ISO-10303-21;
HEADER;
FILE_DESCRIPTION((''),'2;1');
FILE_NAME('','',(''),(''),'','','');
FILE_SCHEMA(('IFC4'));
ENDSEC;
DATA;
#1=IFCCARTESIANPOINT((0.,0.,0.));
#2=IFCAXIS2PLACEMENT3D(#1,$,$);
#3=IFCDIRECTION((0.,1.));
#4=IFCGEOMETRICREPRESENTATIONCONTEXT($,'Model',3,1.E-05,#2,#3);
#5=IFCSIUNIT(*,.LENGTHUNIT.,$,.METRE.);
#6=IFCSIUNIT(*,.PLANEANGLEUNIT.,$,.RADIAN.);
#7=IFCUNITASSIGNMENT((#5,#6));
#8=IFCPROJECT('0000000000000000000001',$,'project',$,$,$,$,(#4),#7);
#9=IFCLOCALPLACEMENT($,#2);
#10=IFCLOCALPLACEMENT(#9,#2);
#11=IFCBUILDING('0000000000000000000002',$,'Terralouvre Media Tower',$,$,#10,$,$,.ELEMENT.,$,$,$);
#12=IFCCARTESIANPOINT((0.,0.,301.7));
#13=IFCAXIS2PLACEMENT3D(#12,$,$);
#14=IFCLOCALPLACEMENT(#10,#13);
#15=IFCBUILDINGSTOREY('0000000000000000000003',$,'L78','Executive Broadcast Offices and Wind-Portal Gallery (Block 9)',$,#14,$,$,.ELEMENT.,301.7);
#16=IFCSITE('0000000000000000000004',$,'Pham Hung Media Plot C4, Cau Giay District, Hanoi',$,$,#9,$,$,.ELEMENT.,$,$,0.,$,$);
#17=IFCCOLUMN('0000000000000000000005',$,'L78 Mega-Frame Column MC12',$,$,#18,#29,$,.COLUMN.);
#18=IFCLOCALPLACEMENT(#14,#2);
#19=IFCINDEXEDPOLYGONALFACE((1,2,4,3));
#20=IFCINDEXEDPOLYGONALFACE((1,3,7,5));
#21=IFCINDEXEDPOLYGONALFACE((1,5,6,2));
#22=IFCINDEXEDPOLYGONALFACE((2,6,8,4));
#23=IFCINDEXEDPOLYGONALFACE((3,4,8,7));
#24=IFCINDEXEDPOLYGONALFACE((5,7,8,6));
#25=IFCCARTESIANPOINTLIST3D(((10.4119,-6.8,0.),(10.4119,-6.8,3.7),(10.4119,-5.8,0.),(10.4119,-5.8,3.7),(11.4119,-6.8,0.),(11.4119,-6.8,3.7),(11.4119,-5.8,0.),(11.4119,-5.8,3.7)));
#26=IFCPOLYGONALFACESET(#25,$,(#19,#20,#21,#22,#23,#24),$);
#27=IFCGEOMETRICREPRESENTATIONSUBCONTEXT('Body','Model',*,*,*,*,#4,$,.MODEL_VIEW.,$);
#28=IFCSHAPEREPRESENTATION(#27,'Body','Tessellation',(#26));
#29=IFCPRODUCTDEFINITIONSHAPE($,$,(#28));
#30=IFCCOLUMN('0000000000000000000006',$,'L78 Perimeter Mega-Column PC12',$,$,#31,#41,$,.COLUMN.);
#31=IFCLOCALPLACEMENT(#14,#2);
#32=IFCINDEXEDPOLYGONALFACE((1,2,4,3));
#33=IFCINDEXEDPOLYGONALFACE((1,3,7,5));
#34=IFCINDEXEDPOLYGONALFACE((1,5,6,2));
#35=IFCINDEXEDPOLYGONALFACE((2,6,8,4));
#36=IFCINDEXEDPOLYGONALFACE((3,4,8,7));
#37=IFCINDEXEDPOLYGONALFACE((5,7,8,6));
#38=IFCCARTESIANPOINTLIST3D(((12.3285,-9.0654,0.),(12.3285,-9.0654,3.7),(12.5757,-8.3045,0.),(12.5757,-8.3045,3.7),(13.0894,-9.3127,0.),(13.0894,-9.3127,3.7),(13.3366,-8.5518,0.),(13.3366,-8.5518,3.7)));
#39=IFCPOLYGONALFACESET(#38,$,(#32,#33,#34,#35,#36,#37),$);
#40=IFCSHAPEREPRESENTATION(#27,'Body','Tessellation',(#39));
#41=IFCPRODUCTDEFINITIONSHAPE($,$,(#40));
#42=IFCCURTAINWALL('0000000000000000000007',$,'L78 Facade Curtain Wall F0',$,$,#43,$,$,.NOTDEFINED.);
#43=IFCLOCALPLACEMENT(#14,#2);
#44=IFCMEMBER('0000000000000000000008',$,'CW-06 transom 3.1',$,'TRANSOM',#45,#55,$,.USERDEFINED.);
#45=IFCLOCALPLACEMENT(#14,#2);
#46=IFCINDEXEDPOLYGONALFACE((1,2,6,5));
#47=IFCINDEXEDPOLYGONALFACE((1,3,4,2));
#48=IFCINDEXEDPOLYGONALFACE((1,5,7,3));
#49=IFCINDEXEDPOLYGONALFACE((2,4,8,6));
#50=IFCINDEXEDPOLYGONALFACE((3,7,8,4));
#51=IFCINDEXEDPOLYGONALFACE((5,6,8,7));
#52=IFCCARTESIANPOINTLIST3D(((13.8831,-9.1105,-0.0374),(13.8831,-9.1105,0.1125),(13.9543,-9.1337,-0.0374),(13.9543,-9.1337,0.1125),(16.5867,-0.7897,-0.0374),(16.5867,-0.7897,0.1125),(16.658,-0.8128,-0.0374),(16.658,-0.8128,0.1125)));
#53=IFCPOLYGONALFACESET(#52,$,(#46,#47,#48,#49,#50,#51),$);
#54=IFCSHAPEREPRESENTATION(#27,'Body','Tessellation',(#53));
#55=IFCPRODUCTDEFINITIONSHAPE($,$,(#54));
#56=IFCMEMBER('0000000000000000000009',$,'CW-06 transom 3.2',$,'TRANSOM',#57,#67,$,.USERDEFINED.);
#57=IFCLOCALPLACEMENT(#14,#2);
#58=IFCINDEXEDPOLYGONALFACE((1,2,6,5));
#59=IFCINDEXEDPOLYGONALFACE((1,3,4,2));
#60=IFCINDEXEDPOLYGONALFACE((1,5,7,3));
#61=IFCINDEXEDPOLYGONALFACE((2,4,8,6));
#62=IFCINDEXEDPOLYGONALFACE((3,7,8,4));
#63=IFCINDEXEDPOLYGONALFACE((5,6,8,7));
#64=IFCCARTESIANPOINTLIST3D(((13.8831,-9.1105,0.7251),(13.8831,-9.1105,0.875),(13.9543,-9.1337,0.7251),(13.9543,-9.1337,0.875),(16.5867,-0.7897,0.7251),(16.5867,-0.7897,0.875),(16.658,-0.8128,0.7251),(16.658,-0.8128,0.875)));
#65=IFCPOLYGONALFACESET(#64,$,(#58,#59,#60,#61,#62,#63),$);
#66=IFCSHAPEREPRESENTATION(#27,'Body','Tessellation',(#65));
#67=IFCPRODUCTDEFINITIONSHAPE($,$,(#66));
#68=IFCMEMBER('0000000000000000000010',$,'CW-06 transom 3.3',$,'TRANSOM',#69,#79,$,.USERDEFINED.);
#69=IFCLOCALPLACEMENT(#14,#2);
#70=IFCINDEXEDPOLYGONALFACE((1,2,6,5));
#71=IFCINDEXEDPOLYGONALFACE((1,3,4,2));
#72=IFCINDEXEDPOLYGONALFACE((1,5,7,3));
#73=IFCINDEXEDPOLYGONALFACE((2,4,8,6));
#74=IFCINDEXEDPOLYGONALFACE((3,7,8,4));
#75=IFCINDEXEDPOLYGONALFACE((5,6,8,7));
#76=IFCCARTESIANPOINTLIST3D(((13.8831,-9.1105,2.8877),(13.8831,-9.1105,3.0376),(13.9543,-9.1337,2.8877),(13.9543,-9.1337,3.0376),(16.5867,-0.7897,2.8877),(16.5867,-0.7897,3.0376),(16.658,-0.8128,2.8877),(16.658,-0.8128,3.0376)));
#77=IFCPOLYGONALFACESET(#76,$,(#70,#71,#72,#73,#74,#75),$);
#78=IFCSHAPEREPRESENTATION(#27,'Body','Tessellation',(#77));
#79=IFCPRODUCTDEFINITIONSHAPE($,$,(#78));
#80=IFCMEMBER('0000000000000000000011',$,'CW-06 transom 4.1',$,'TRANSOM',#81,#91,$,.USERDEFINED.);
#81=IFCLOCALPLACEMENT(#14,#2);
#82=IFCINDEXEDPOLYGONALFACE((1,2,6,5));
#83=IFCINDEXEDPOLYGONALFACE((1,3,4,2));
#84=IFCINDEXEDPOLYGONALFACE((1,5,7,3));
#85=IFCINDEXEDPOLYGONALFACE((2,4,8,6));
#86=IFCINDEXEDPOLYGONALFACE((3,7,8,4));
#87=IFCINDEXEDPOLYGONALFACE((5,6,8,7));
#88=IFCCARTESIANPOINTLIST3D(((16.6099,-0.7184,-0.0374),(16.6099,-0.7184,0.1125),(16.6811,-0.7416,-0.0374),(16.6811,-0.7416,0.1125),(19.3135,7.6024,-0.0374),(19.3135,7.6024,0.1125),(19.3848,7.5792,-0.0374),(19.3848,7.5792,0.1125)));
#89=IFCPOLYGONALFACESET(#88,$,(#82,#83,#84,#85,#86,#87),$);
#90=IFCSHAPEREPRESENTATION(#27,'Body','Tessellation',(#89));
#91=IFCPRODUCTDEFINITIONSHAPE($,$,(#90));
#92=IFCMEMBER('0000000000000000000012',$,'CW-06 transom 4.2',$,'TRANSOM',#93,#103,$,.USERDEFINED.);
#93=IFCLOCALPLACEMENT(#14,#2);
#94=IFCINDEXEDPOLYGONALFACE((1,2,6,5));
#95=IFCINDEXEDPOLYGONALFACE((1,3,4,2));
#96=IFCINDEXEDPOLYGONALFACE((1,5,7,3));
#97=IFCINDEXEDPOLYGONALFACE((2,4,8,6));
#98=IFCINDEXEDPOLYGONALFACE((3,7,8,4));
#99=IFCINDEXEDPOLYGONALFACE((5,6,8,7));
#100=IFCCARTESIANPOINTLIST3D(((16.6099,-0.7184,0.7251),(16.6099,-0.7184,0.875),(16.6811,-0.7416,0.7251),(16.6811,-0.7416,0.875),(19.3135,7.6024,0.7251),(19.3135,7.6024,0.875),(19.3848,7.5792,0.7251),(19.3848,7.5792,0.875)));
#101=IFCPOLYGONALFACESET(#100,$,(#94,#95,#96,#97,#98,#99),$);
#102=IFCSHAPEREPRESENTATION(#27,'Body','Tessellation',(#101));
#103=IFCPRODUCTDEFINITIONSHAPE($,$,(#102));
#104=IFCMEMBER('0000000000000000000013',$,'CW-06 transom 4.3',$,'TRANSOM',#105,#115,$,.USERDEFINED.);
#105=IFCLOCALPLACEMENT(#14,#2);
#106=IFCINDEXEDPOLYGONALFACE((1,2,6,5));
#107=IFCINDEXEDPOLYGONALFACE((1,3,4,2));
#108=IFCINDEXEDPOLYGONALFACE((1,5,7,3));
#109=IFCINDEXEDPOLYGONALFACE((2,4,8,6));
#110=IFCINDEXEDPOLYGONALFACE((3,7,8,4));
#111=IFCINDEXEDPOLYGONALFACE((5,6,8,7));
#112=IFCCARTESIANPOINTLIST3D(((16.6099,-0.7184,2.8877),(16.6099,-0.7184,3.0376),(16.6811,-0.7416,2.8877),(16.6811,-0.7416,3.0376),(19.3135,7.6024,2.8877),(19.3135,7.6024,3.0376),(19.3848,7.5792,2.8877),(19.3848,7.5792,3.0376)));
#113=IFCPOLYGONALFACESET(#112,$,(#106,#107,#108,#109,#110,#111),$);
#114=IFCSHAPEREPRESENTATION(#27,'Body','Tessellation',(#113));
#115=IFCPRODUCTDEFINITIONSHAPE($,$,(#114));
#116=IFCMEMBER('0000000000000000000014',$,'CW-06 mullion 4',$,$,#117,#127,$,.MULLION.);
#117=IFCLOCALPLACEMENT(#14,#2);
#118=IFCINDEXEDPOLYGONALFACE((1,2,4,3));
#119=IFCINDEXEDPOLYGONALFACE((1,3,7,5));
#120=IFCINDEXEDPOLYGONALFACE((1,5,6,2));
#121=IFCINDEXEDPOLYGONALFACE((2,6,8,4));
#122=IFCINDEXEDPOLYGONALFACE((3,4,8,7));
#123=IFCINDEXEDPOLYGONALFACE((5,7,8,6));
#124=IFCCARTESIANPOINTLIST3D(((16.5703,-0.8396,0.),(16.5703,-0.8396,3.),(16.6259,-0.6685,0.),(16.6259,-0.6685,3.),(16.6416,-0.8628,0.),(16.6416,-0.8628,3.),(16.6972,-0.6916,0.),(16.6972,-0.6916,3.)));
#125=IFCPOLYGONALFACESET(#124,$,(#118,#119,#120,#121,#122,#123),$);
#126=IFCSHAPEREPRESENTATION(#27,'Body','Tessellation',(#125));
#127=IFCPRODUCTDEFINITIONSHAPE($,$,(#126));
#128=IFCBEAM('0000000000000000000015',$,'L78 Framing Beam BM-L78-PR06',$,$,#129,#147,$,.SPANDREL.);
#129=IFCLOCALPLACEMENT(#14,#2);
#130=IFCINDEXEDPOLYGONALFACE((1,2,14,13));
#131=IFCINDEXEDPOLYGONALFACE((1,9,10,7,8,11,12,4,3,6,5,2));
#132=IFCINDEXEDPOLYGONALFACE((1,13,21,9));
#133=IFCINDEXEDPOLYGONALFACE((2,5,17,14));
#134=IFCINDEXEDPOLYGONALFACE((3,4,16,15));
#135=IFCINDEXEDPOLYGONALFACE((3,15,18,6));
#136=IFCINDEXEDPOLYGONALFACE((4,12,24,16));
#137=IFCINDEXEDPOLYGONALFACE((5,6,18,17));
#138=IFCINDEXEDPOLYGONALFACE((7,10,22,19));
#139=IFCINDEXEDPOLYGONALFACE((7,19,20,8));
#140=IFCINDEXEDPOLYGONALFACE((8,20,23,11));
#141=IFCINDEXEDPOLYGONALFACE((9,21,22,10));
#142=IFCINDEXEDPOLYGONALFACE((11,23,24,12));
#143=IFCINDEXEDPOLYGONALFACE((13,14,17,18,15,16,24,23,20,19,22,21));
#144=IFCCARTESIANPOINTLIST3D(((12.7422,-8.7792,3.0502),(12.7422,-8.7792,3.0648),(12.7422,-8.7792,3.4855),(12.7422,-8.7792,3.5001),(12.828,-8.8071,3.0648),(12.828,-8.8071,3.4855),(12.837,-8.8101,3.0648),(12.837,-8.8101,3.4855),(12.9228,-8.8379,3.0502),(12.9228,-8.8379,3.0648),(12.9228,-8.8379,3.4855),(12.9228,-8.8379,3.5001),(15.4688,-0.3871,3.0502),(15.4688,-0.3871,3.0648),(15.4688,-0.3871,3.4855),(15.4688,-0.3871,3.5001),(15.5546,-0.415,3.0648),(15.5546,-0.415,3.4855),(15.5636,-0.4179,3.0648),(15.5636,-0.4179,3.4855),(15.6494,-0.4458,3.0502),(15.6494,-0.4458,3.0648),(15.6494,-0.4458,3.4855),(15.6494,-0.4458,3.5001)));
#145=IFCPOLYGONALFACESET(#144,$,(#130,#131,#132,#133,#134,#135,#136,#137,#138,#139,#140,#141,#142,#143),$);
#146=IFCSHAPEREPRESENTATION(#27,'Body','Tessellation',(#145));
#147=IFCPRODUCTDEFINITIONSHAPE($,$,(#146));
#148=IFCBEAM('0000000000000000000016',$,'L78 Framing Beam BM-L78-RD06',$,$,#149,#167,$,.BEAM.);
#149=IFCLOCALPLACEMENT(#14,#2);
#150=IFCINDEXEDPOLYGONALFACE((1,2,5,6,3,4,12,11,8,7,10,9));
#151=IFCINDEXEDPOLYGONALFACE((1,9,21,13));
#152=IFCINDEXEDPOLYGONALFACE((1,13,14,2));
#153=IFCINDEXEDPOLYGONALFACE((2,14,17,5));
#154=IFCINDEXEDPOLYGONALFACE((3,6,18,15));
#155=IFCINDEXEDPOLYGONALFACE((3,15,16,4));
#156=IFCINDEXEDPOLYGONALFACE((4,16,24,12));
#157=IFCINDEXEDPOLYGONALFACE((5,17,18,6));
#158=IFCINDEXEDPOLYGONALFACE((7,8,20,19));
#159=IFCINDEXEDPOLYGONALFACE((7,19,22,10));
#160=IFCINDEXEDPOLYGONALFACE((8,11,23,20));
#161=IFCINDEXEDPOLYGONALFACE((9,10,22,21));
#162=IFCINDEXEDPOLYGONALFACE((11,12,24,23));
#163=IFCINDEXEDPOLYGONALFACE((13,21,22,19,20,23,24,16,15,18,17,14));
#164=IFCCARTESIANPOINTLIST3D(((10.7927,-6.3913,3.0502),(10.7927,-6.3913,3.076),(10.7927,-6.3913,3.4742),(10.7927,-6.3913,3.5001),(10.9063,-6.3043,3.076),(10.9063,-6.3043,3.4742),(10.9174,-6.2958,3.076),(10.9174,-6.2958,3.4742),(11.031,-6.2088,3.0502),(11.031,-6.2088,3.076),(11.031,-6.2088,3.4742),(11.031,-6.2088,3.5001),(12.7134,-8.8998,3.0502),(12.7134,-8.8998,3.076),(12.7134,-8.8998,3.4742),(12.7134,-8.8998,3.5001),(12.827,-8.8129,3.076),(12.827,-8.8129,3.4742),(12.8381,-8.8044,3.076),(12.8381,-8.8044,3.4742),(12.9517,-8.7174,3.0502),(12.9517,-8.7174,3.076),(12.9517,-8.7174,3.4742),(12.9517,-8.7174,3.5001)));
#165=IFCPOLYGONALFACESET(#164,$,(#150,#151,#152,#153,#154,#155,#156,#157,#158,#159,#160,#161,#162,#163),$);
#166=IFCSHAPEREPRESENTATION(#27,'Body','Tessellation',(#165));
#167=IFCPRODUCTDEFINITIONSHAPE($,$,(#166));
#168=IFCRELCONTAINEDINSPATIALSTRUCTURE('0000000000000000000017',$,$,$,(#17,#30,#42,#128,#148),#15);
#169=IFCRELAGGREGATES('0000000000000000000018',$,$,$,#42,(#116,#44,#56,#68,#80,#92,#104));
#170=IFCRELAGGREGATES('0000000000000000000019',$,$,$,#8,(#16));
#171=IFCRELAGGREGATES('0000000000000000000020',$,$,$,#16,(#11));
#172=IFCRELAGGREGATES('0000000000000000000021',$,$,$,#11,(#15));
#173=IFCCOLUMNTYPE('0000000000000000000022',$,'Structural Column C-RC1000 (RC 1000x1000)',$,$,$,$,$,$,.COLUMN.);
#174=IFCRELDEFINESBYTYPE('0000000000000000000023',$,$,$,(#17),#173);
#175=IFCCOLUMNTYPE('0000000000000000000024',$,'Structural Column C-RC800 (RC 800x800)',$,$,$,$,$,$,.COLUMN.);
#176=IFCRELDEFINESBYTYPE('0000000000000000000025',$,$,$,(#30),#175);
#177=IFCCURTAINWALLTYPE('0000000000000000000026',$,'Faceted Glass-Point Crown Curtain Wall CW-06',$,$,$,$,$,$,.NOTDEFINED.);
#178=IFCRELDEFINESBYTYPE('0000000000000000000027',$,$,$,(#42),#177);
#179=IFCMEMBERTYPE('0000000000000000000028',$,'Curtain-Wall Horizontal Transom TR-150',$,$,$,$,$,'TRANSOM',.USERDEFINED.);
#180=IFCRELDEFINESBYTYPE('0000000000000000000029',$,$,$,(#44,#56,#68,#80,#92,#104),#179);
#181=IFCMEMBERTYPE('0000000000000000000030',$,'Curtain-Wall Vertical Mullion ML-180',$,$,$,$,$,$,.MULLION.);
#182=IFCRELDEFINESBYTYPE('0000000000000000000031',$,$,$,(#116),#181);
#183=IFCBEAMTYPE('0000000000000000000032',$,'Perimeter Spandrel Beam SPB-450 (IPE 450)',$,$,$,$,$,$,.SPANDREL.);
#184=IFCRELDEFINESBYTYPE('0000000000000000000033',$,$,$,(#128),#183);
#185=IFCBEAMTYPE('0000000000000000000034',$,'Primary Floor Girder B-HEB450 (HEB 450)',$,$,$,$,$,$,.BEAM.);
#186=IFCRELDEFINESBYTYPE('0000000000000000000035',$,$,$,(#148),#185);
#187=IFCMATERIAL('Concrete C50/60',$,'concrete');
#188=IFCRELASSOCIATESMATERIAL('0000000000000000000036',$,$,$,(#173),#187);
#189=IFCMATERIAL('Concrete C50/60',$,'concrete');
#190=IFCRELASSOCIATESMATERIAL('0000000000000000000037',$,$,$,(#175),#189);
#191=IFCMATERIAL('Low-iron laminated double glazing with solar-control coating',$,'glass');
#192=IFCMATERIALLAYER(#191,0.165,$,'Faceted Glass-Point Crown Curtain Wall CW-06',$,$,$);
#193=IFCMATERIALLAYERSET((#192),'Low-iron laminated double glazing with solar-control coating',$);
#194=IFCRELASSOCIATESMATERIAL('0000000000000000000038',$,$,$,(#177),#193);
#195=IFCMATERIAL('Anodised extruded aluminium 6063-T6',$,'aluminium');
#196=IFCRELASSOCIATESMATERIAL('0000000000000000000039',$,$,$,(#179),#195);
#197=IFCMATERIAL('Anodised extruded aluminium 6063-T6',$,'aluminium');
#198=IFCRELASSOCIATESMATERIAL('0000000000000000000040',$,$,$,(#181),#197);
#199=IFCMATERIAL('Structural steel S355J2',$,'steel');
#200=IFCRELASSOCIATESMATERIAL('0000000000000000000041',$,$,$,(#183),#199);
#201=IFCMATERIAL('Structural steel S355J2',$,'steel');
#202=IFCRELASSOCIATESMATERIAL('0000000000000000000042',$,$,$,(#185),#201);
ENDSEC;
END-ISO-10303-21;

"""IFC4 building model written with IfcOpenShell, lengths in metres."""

from ifc_helpers import new_model, si_unit, direction, frame, origin, origin_2d, place, context, subcontext, project, spatial, rectangle, i_section, extrude, material, layer, layer_set, material_profile, profile_set, type_object, element, aggregate, save


model = new_model("IFC4")

# Units and contexts
model_context = context("Model", 3, precision=1e-05, world=origin(), true_north=direction((0.0, 1.0)))
body_context = subcontext(model_context, "Body", "Model", "MODEL_VIEW")
ifc_project = project(units=[si_unit("LENGTHUNIT", "METRE"), si_unit("PLANEANGLEUNIT", "RADIAN")], contexts=[model_context])

# Site, building, storey
site_placement = place(None, origin())
site = spatial("IfcSite", under=ifc_project, at=site_placement, Name="Pham Hung Media Plot C4, Cau Giay District, Hanoi", CompositionType="ELEMENT", RefElevation=0.0)
building_placement = place(site_placement, origin())
building = spatial("IfcBuilding", under=site, at=building_placement, Name="Terralouvre Media Tower", CompositionType="ELEMENT")
storey_placement = place(building_placement, frame((0.0, 0.0, 301.7)))
storey = spatial("IfcBuildingStorey", under=building, at=storey_placement, Name="L78", Description="Executive Broadcast Offices and Wind-Portal Gallery (Block 9)", CompositionType="ELEMENT", Elevation=301.7)

# Columns
ifc_material_1 = material(Name="Concrete C50/60", Category="concrete")
ifc_material_profile_1 = material_profile(ifc_material_1, rectangle(XDim=1.0, YDim=1.0, at=origin_2d()), Name="RC 1000x1000")
ifc_profile_set_1 = profile_set([ifc_material_profile_1], Name="Concrete C50/60")
column_type_1 = type_object("IfcColumnType", Name="Structural Column C-RC1000 (RC 1000x1000)", PredefinedType="COLUMN", material=ifc_profile_set_1)
column_1_placement = place(storey_placement, frame((10.9119, -6.3, 0.0), z_axis=(0.0, 0.0, 1.0), x_axis=(1.0, 0.0, 0.0)))
element("IfcColumn", 1, at=column_1_placement, inside=storey, type_object=column_type_1, Name="L78 Mega-Frame Column MC12", PredefinedType="COLUMN", context=body_context, shape_type="SweptSolid", body=[
    extrude(rectangle(XDim=1.0, YDim=1.0, at=origin_2d()), origin(), (0.0, 0.0, 1.0), 3.7),
])
ifc_material_2 = material(Name="Concrete C50/60", Category="concrete")
ifc_material_profile_2 = material_profile(ifc_material_2, rectangle(XDim=0.8, YDim=0.8, at=origin_2d()), Name="RC 800x800")
ifc_profile_set_2 = profile_set([ifc_material_profile_2], Name="Concrete C50/60")
column_type_2 = type_object("IfcColumnType", Name="Structural Column C-RC800 (RC 800x800)", PredefinedType="COLUMN", material=ifc_profile_set_2)
column_2_placement = place(storey_placement, frame((12.8325, -8.8086, 0.0), z_axis=(0.0, 0.0, 1.0), x_axis=(0.309017, 0.951057, 0.0)))
element("IfcColumn", 2, at=column_2_placement, inside=storey, type_object=column_type_2, Name="L78 Perimeter Mega-Column PC12", PredefinedType="COLUMN", context=body_context, shape_type="SweptSolid", body=[
    extrude(rectangle(XDim=0.8, YDim=0.8, at=origin_2d()), origin(), (0.0, 0.0, 1.0), 3.7),
])

# Curtain wall, members
ifc_material_3 = material(Name="Low-iron laminated double glazing with solar-control coating", Category="glass")
ifc_layer_1 = layer(ifc_material_3, 0.165, Name="Faceted Glass-Point Crown Curtain Wall CW-06")
ifc_layer_set_1 = layer_set([ifc_layer_1], Name="Low-iron laminated double glazing with solar-control coating")
curtain_wall_type = type_object("IfcCurtainWallType", Name="Faceted Glass-Point Crown Curtain Wall CW-06", PredefinedType="NOTDEFINED", material=ifc_layer_set_1)
curtain_wall_placement = place(storey_placement, origin())
curtain_wall = element("IfcCurtainWall", 3, at=curtain_wall_placement, inside=storey, type_object=curtain_wall_type, Name="L78 Facade Curtain Wall F0", PredefinedType="NOTDEFINED")
ifc_material_4 = material(Name="Anodised extruded aluminium 6063-T6", Category="aluminium")
ifc_material_profile_3 = material_profile(ifc_material_4, rectangle(XDim=0.075, YDim=0.1499, at=origin_2d()), Name="ALU 75x150")
ifc_profile_set_3 = profile_set([ifc_material_profile_3], Name="Anodised extruded aluminium 6063-T6")
member_type_1 = type_object("IfcMemberType", Name="Curtain-Wall Horizontal Transom TR-150", ElementType="TRANSOM", PredefinedType="USERDEFINED", material=ifc_profile_set_3)
member_1_placement = place(storey_placement, frame((13.9187, -9.1221, 0.0376), z_axis=(0.309019, 0.951056, 0.0), x_axis=(-0.951056, 0.309019, 0.0)))
member_1 = element("IfcMember", 4, at=member_1_placement, type_object=member_type_1, Name="CW-06 transom 3.1", ObjectType="TRANSOM", PredefinedType="USERDEFINED", context=body_context, shape_type="SweptSolid", body=[
    extrude(rectangle(XDim=0.075, YDim=0.1499, at=origin_2d()), origin(), (0.0, 0.0, 1.0), 8.749),
])
member_2_placement = place(storey_placement, frame((13.9187, -9.1221, 0.8), z_axis=(0.309019, 0.951056, 0.0), x_axis=(-0.951056, 0.309019, 0.0)))
member_2 = element("IfcMember", 5, at=member_2_placement, type_object=member_type_1, Name="CW-06 transom 3.2", ObjectType="TRANSOM", PredefinedType="USERDEFINED", context=body_context, shape_type="SweptSolid", body=[
    extrude(rectangle(XDim=0.075, YDim=0.1499, at=origin_2d()), origin(), (0.0, 0.0, 1.0), 8.749),
])
member_3_placement = place(storey_placement, frame((13.9187, -9.1221, 2.9626), z_axis=(0.309019, 0.951056, 0.0), x_axis=(-0.951056, 0.309019, 0.0)))
member_3 = element("IfcMember", 6, at=member_3_placement, type_object=member_type_1, Name="CW-06 transom 3.3", ObjectType="TRANSOM", PredefinedType="USERDEFINED", context=body_context, shape_type="SweptSolid", body=[
    extrude(rectangle(XDim=0.075, YDim=0.1499, at=origin_2d()), origin(), (0.0, 0.0, 1.0), 8.749),
])
member_4_placement = place(storey_placement, frame((16.6455, -0.73, 0.0376), z_axis=(0.309019, 0.951056, 0.0), x_axis=(-0.951056, 0.309019, 0.0)))
member_4 = element("IfcMember", 7, at=member_4_placement, type_object=member_type_1, Name="CW-06 transom 4.1", ObjectType="TRANSOM", PredefinedType="USERDEFINED", context=body_context, shape_type="SweptSolid", body=[
    extrude(rectangle(XDim=0.075, YDim=0.1499, at=origin_2d()), origin(), (0.0, 0.0, 1.0), 8.749),
])
member_5_placement = place(storey_placement, frame((16.6455, -0.73, 0.8), z_axis=(0.309019, 0.951056, 0.0), x_axis=(-0.951056, 0.309019, 0.0)))
member_5 = element("IfcMember", 8, at=member_5_placement, type_object=member_type_1, Name="CW-06 transom 4.2", ObjectType="TRANSOM", PredefinedType="USERDEFINED", context=body_context, shape_type="SweptSolid", body=[
    extrude(rectangle(XDim=0.075, YDim=0.1499, at=origin_2d()), origin(), (0.0, 0.0, 1.0), 8.749),
])
member_6_placement = place(storey_placement, frame((16.6455, -0.73, 2.9626), z_axis=(0.309019, 0.951056, 0.0), x_axis=(-0.951056, 0.309019, 0.0)))
member_6 = element("IfcMember", 9, at=member_6_placement, type_object=member_type_1, Name="CW-06 transom 4.3", ObjectType="TRANSOM", PredefinedType="USERDEFINED", context=body_context, shape_type="SweptSolid", body=[
    extrude(rectangle(XDim=0.075, YDim=0.1499, at=origin_2d()), origin(), (0.0, 0.0, 1.0), 8.749),
])
ifc_material_5 = material(Name="Anodised extruded aluminium 6063-T6", Category="aluminium")
ifc_material_profile_4 = material_profile(ifc_material_5, rectangle(XDim=0.075, YDim=0.1799, at=origin_2d()), Name="ALU 75x180")
ifc_profile_set_4 = profile_set([ifc_material_profile_4], Name="Anodised extruded aluminium 6063-T6")
member_type_2 = type_object("IfcMemberType", Name="Curtain-Wall Vertical Mullion ML-180", PredefinedType="MULLION", material=ifc_profile_set_4)
member_7_placement = place(storey_placement, frame((16.6338, -0.7656, 0.0), z_axis=(0.0, 0.0, 1.0), x_axis=(-0.951057, 0.309017, 0.0)))
member_7 = element("IfcMember", 10, at=member_7_placement, type_object=member_type_2, Name="CW-06 mullion 4", PredefinedType="MULLION", context=body_context, shape_type="SweptSolid", body=[
    extrude(rectangle(XDim=0.075, YDim=0.1799, at=origin_2d()), origin(), (0.0, 0.0, 1.0), 3.0),
])

# Beams
ifc_material_6 = material(Name="Structural steel S355J2", Category="steel")
ifc_material_profile_5 = material_profile(ifc_material_6, i_section(OverallWidth=0.1899, OverallDepth=0.45, WebThickness=0.0095, FlangeThickness=0.0146, at=origin_2d()), Name="IPE 450")
ifc_profile_set_5 = profile_set([ifc_material_profile_5], Name="Structural steel S355J2")
beam_type_1 = type_object("IfcBeamType", Name="Perimeter Spandrel Beam SPB-450 (IPE 450)", PredefinedType="SPANDREL", material=ifc_profile_set_5)
beam_1_placement = place(storey_placement, frame((12.8325, -8.8086, 3.2751), z_axis=(0.308997, 0.951063, 0.0), x_axis=(-0.951063, 0.308997, 0.0)))
element("IfcBeam", 11, at=beam_1_placement, inside=storey, type_object=beam_type_1, Name="L78 Framing Beam BM-L78-PR06", PredefinedType="SPANDREL", context=body_context, shape_type="SweptSolid", body=[
    extrude(i_section(OverallWidth=0.1899, OverallDepth=0.45, WebThickness=0.0095, FlangeThickness=0.0146, at=origin_2d()), origin(), (0.0, 0.0, 1.0), 8.824),
])
ifc_material_7 = material(Name="Structural steel S355J2", Category="steel")
ifc_material_profile_6 = material_profile(ifc_material_7, i_section(OverallWidth=0.3, OverallDepth=0.45, WebThickness=0.0139, FlangeThickness=0.0259, at=origin_2d()), Name="HEB 450")
ifc_profile_set_6 = profile_set([ifc_material_profile_6], Name="Structural steel S355J2")
beam_type_2 = type_object("IfcBeamType", Name="Primary Floor Girder B-HEB450 (HEB 450)", PredefinedType="BEAM", material=ifc_profile_set_6)
beam_2_placement = place(storey_placement, frame((10.9119, -6.3, 3.2751), z_axis=(0.60792, -0.793998, 0.0), x_axis=(0.793998, 0.60792, 0.0)))
element("IfcBeam", 12, at=beam_2_placement, inside=storey, type_object=beam_type_2, Name="L78 Framing Beam BM-L78-RD06", PredefinedType="BEAM", context=body_context, shape_type="SweptSolid", body=[
    extrude(i_section(OverallWidth=0.3, OverallDepth=0.45, WebThickness=0.0139, FlangeThickness=0.0259, at=origin_2d()), origin(), (0.0, 0.0, 1.0), 3.1594),
])

aggregate(curtain_wall, [member_7, member_1, member_2, member_3, member_4, member_5, member_6])

save(model, "model.ifc")
